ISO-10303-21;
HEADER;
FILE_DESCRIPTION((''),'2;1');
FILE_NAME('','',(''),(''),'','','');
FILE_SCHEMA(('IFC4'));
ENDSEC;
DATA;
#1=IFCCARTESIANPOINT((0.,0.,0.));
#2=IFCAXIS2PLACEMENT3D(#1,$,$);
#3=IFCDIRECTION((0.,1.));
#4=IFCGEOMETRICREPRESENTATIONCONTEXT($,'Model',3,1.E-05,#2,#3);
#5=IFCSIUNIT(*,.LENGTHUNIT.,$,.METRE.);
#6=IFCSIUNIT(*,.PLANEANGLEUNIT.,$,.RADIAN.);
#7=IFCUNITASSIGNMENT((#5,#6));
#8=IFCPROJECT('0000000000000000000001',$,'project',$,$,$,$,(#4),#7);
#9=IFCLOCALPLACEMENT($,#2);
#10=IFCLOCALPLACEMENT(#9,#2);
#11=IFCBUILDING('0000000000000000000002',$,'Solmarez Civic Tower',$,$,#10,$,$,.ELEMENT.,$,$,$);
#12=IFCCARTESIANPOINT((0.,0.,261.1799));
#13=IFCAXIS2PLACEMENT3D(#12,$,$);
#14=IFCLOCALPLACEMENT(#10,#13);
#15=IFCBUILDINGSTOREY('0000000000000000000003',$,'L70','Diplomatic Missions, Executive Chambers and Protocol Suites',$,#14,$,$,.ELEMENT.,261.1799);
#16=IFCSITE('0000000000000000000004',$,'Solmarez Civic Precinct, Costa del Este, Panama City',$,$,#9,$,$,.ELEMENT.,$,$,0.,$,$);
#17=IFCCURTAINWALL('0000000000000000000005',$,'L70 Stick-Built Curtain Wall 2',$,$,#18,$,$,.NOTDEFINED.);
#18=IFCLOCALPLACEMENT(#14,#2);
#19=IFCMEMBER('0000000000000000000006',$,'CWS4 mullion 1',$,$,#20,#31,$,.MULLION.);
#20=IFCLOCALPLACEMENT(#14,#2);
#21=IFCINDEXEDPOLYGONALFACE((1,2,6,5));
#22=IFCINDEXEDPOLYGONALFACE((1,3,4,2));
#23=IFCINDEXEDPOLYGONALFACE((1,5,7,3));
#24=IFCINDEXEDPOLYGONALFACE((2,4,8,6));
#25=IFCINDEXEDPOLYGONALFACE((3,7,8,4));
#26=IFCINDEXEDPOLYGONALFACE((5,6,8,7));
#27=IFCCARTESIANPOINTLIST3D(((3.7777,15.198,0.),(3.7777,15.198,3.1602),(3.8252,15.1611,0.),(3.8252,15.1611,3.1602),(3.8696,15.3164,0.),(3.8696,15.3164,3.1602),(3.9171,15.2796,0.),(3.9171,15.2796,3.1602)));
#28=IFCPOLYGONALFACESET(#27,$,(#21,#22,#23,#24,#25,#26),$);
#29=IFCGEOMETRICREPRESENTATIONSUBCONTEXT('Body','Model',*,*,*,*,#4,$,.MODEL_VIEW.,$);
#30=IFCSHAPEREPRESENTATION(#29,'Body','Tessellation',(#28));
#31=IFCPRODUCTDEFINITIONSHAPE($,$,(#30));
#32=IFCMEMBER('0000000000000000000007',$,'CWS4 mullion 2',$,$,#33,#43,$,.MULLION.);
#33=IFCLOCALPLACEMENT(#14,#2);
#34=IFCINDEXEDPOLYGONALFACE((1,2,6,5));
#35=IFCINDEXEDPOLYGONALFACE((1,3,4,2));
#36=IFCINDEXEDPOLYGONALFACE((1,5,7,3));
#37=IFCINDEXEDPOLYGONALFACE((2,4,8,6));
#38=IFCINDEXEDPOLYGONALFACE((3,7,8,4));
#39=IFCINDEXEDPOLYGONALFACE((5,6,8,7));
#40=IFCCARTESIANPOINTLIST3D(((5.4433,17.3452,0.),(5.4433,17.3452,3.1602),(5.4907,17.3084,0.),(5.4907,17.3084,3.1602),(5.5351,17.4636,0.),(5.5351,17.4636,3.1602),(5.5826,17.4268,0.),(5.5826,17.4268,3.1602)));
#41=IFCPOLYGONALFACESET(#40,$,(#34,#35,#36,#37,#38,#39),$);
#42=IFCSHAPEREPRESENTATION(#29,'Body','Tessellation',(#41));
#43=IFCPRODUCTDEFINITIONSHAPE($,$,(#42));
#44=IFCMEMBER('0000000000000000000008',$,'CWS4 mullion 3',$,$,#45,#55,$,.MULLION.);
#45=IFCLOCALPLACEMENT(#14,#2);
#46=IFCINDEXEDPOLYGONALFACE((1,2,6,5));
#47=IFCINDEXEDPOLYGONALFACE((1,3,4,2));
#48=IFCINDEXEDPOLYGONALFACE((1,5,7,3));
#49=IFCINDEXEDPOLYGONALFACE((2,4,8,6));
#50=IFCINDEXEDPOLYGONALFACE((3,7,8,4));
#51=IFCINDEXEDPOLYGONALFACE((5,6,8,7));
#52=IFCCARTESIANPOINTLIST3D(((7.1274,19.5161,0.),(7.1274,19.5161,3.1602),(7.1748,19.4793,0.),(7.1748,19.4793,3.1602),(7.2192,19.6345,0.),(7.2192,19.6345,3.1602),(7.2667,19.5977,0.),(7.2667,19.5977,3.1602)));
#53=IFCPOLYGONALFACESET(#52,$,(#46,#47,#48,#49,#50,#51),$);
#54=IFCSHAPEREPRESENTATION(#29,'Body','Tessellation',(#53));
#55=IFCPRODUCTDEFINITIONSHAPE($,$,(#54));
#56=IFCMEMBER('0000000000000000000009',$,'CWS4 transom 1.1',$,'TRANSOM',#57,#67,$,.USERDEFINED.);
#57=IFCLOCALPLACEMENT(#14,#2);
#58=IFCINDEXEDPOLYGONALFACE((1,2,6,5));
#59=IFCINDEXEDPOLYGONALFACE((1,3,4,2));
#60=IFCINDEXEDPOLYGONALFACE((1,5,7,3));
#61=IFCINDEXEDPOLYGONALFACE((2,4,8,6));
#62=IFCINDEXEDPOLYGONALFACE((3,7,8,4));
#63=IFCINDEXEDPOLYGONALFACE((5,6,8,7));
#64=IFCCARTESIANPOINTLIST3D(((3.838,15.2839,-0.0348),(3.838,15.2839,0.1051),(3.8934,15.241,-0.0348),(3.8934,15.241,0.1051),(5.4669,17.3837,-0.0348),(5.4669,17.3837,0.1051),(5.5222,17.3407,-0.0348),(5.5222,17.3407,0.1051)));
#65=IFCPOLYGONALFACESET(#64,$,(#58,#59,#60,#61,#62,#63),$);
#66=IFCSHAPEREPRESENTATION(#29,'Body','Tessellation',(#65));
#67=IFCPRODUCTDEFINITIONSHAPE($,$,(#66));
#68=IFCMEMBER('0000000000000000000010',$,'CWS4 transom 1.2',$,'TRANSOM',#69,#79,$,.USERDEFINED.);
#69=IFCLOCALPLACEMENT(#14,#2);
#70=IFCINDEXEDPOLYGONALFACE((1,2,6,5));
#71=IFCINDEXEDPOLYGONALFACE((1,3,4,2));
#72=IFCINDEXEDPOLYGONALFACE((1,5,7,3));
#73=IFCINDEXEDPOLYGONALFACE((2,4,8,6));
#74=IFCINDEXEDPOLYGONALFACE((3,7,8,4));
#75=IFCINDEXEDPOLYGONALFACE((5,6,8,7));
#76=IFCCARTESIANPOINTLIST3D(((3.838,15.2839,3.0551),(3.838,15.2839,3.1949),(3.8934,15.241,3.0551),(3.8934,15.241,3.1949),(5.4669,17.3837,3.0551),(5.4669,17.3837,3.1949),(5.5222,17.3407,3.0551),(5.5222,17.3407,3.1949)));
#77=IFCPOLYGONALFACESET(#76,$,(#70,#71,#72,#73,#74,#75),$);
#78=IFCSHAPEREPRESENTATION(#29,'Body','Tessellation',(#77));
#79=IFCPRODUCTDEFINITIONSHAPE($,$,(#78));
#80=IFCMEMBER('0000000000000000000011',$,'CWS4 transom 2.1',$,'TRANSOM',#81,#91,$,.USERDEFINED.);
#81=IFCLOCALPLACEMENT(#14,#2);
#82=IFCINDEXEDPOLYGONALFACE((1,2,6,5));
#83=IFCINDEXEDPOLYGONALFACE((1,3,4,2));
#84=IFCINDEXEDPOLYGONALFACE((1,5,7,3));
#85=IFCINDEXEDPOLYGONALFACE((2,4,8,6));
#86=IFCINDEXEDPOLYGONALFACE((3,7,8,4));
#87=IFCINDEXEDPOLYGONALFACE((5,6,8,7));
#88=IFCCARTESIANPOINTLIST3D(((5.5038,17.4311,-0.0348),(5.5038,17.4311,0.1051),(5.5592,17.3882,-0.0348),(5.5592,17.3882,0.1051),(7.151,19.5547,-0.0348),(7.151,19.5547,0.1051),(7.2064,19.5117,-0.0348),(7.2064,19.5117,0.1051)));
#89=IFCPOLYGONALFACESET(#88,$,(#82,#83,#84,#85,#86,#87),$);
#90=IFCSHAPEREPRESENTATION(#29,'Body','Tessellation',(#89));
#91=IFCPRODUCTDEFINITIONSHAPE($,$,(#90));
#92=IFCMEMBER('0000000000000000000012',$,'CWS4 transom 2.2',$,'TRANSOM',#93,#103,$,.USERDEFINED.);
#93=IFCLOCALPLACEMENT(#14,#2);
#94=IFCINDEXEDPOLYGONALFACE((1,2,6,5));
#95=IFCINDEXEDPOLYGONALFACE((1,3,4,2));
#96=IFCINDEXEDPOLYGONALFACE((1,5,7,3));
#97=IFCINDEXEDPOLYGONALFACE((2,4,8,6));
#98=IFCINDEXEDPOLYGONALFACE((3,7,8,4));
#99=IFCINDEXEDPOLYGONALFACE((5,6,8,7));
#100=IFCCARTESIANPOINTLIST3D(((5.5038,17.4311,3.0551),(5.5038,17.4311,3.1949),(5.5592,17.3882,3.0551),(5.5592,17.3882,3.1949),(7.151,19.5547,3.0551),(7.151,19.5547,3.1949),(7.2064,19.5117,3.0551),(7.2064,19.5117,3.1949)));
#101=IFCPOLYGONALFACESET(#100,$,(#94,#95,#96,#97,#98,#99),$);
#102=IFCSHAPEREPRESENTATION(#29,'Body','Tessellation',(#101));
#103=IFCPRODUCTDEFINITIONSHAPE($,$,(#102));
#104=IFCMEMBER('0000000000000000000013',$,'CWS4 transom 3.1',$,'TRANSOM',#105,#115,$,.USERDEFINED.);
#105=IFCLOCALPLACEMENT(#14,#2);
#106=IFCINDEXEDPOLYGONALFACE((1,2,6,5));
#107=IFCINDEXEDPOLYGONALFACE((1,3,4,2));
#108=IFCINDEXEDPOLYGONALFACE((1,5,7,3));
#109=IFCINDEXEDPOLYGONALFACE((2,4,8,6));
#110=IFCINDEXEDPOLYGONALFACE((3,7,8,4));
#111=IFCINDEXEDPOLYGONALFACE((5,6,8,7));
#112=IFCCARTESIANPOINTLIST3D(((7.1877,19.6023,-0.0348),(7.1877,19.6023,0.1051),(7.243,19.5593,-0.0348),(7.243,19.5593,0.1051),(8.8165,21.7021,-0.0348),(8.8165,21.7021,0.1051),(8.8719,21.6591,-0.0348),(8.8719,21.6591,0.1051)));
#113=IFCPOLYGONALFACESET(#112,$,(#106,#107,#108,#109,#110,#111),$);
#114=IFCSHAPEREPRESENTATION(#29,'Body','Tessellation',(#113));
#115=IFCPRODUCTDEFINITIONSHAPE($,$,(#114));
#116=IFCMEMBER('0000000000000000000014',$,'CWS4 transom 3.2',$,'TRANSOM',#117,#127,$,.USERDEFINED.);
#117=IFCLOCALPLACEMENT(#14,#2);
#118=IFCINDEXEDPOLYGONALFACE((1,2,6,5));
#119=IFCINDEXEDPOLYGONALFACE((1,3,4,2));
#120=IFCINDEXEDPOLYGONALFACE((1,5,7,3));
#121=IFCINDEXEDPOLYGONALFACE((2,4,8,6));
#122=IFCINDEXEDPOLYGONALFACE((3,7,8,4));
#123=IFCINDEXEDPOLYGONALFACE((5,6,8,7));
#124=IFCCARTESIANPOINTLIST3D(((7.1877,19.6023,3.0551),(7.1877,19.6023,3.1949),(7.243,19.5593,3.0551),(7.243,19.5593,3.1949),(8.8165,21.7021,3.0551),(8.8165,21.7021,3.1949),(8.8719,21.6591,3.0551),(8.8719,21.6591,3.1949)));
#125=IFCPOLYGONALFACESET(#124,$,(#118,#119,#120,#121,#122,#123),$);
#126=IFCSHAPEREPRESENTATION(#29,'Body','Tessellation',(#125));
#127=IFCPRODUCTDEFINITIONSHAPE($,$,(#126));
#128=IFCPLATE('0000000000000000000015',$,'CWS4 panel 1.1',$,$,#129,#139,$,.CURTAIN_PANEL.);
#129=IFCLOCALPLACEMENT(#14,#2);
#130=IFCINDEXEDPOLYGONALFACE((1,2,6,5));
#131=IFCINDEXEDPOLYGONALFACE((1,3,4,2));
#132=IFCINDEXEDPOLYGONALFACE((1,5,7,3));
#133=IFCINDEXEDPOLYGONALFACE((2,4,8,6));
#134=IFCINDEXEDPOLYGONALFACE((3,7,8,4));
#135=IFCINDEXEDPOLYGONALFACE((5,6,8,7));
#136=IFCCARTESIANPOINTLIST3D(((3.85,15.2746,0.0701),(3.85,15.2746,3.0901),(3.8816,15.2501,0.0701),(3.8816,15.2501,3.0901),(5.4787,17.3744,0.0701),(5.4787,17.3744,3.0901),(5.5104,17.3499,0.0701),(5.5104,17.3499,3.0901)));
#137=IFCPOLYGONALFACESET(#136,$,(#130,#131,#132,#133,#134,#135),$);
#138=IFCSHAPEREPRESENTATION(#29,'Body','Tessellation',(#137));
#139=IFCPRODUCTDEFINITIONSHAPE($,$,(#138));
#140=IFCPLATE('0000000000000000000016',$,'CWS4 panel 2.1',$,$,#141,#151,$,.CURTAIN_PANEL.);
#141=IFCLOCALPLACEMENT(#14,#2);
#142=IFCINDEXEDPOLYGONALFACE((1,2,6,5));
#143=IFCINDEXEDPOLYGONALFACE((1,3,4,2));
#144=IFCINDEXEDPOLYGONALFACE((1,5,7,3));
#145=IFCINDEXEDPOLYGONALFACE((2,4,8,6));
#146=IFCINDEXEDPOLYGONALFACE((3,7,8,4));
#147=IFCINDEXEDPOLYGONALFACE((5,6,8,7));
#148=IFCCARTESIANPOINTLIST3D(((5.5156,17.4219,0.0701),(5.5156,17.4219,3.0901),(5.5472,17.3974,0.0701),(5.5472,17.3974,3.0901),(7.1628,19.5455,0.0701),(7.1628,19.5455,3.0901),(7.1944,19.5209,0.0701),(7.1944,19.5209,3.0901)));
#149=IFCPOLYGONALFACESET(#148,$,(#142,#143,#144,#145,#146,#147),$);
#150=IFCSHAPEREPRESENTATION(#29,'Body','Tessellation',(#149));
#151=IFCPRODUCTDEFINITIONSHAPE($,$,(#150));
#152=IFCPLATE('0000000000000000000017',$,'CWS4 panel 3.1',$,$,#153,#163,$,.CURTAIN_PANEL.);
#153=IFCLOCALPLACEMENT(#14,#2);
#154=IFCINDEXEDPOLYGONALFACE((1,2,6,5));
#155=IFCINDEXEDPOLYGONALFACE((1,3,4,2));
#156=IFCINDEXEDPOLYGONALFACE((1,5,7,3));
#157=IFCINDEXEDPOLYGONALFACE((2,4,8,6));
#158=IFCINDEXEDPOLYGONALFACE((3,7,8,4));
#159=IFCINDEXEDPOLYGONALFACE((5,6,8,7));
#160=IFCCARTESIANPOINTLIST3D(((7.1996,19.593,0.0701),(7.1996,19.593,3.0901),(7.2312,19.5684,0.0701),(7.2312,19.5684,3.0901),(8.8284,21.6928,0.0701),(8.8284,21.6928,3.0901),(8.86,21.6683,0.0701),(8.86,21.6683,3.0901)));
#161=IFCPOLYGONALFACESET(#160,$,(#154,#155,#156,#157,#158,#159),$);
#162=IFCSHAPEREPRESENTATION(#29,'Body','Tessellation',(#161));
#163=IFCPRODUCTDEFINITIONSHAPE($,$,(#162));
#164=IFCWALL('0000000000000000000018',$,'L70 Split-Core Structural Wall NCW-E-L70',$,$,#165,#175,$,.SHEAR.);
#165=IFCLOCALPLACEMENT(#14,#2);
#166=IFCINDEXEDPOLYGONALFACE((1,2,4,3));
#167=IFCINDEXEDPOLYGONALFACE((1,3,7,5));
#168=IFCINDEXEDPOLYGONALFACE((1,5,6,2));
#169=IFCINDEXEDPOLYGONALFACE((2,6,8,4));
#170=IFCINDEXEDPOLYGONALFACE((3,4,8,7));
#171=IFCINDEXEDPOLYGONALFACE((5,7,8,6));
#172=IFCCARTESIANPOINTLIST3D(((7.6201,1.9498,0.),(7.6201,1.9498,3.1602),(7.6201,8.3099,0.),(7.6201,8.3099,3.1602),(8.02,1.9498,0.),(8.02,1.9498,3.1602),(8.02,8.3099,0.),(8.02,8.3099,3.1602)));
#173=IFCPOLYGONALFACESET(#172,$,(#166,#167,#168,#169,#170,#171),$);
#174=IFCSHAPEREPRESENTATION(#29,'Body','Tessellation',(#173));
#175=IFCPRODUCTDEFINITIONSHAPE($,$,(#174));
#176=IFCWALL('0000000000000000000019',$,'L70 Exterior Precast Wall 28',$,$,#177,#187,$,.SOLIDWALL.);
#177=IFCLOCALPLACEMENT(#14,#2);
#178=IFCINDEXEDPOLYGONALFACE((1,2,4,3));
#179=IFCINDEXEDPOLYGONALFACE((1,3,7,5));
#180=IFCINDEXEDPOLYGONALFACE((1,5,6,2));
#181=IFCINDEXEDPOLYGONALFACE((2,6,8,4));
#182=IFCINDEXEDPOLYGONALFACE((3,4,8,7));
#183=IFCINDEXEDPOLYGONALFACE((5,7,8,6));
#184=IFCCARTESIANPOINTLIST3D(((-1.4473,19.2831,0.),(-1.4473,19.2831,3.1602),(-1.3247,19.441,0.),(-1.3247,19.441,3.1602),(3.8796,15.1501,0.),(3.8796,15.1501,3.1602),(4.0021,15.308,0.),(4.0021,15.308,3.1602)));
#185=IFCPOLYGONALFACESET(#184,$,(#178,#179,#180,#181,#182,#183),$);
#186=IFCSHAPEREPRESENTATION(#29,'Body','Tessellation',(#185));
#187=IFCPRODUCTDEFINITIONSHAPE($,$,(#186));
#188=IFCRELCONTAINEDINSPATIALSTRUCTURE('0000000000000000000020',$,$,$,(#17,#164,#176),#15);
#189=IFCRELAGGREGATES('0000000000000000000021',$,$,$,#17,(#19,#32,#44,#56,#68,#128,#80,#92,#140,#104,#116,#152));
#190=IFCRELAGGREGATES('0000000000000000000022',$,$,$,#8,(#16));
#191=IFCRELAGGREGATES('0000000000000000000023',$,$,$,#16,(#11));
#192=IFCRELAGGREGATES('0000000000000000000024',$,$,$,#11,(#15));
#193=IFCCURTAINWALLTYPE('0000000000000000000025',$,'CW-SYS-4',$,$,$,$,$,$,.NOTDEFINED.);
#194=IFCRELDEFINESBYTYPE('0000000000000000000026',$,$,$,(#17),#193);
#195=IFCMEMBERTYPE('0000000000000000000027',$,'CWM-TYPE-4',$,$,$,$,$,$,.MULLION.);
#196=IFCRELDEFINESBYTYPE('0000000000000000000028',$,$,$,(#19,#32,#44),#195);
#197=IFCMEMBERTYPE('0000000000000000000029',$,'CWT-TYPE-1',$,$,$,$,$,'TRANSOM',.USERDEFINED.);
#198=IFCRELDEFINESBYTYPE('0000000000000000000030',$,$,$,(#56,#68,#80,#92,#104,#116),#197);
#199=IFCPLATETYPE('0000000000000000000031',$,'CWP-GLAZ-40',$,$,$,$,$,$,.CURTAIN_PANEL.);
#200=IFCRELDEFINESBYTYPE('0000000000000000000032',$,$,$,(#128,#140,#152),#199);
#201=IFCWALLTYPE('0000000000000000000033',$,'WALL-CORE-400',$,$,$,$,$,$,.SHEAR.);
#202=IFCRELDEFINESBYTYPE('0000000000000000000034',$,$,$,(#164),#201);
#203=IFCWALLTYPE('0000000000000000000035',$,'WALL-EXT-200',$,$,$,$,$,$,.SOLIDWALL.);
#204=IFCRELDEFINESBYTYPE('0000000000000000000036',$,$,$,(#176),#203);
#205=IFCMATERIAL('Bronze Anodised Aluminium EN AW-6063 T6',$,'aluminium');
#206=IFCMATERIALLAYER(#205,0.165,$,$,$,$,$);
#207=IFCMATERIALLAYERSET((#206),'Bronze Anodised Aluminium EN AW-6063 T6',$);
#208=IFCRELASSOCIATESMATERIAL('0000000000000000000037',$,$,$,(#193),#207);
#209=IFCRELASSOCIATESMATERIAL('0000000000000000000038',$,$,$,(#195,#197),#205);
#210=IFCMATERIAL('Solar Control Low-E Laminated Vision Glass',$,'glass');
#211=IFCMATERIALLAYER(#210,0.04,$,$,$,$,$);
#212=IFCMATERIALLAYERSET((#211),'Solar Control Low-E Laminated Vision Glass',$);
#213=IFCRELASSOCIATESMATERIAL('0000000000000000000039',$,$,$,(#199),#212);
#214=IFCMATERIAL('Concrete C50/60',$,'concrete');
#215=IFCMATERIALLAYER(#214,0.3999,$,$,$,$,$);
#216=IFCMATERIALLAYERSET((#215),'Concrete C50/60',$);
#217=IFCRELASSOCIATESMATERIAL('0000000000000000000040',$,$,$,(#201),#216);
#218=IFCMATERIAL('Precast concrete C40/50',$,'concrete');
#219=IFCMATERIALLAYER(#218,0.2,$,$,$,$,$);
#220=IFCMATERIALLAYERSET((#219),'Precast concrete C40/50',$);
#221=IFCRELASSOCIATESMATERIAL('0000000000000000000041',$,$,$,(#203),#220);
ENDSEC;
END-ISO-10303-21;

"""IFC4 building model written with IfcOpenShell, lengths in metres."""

from ifc_helpers import new_model, si_unit, direction, frame, frame_2d, origin, origin_2d, place, context, subcontext, project, spatial, rectangle, extrude, material, layer, layer_set, material_profile, profile_set, type_object, element, aggregate, save


model = new_model("IFC4")

# Units and contexts
model_context = context("Model", 3, precision=1e-05, world=origin(), true_north=direction((0.0, 1.0)))
body_context = subcontext(model_context, "Body", "Model", "MODEL_VIEW")
ifc_project = project(units=[si_unit("LENGTHUNIT", "METRE"), si_unit("PLANEANGLEUNIT", "RADIAN")], contexts=[model_context])

# Site, building, storey
site_placement = place(None, origin())
site = spatial("IfcSite", under=ifc_project, at=site_placement, Name="Solmarez Civic Precinct, Costa del Este, Panama City", CompositionType="ELEMENT", RefElevation=0.0)
building_placement = place(site_placement, origin())
building = spatial("IfcBuilding", under=site, at=building_placement, Name="Solmarez Civic Tower", CompositionType="ELEMENT")
storey_placement = place(building_placement, frame((0.0, 0.0, 261.1799)))
storey = spatial("IfcBuildingStorey", under=building, at=storey_placement, Name="L70", Description="Diplomatic Missions, Executive Chambers and Protocol Suites", CompositionType="ELEMENT", Elevation=261.1799)

# Curtain wall, members, plates
ifc_material_1 = material(Name="Bronze Anodised Aluminium EN AW-6063 T6", Category="aluminium")
ifc_layer_1 = layer(ifc_material_1, 0.165)
ifc_layer_set_1 = layer_set([ifc_layer_1], Name="Bronze Anodised Aluminium EN AW-6063 T6")
curtain_wall_type = type_object("IfcCurtainWallType", Name="CW-SYS-4", PredefinedType="NOTDEFINED", material=ifc_layer_set_1)
curtain_wall_placement = place(storey_placement, origin())
curtain_wall = element("IfcCurtainWall", 1, at=curtain_wall_placement, inside=storey, type_object=curtain_wall_type, Name="L70 Stick-Built Curtain Wall 2", PredefinedType="NOTDEFINED")
ifc_material_profile_1 = material_profile(ifc_material_1, rectangle(XDim=0.0601, YDim=0.1499, at=origin_2d()), Name="CWM-60X150")
ifc_profile_set_1 = profile_set([ifc_material_profile_1], Name="Bronze Anodised Aluminium EN AW-6063 T6")
member_type_1 = type_object("IfcMemberType", Name="CWM-TYPE-4", PredefinedType="MULLION", material=ifc_profile_set_1)
member_1_placement = place(storey_placement, frame((3.8474, 15.2388, 0.0), z_axis=(0.0, 0.0, 1.0), x_axis=(-0.790155, 0.612907, 0.0)))
member_1 = element("IfcMember", 2, at=member_1_placement, type_object=member_type_1, Name="CWS4 mullion 1", PredefinedType="MULLION", context=body_context, shape_type="SweptSolid", body=[
    extrude(rectangle(XDim=0.0601, YDim=0.1499, at=origin_2d()), origin(), (0.0, 0.0, 1.0), 3.1602),
])
member_2_placement = place(storey_placement, frame((5.5129, 17.386, 0.0), z_axis=(0.0, 0.0, 1.0), x_axis=(-0.790155, 0.612907, 0.0)))
member_2 = element("IfcMember", 3, at=member_2_placement, type_object=member_type_1, Name="CWS4 mullion 2", PredefinedType="MULLION", context=body_context, shape_type="SweptSolid", body=[
    extrude(rectangle(XDim=0.0601, YDim=0.1499, at=origin_2d()), origin(), (0.0, 0.0, 1.0), 3.1602),
])
member_3_placement = place(storey_placement, frame((7.197, 19.5569, 0.0), z_axis=(0.0, 0.0, 1.0), x_axis=(-0.790155, 0.612907, 0.0)))
member_3 = element("IfcMember", 4, at=member_3_placement, type_object=member_type_1, Name="CWS4 mullion 3", PredefinedType="MULLION", context=body_context, shape_type="SweptSolid", body=[
    extrude(rectangle(XDim=0.0601, YDim=0.1499, at=origin_2d()), origin(), (0.0, 0.0, 1.0), 3.1602),
])
ifc_material_profile_2 = material_profile(ifc_material_1, rectangle(XDim=0.0701, YDim=0.1399, at=origin_2d()), Name="CWT-70X140")
ifc_profile_set_2 = profile_set([ifc_material_profile_2], Name="Bronze Anodised Aluminium EN AW-6063 T6")
member_type_2 = type_object("IfcMemberType", Name="CWT-TYPE-1", ElementType="TRANSOM", PredefinedType="USERDEFINED", material=ifc_profile_set_2)
member_4_placement = place(storey_placement, frame((3.8657, 15.2625, 0.0352), z_axis=(0.612929, 0.790138, 0.0), x_axis=(-0.790138, 0.612929, 0.0)))
member_4 = element("IfcMember", 5, at=member_4_placement, type_object=member_type_2, Name="CWS4 transom 1.1", ObjectType="TRANSOM", PredefinedType="USERDEFINED", context=body_context, shape_type="SweptSolid", body=[
    extrude(rectangle(XDim=0.0701, YDim=0.1399, at=origin_2d()), origin(), (0.0, 0.0, 1.0), 2.6575),
])
member_5_placement = place(storey_placement, frame((3.8657, 15.2625, 3.125), z_axis=(0.612929, 0.790138, 0.0), x_axis=(-0.790138, 0.612929, 0.0)))
member_5 = element("IfcMember", 6, at=member_5_placement, type_object=member_type_2, Name="CWS4 transom 1.2", ObjectType="TRANSOM", PredefinedType="USERDEFINED", context=body_context, shape_type="SweptSolid", body=[
    extrude(rectangle(XDim=0.0701, YDim=0.1399, at=origin_2d()), origin(), (0.0, 0.0, 1.0), 2.6575),
])
member_6_placement = place(storey_placement, frame((5.5315, 17.4097, 0.0352), z_axis=(0.612915, 0.790149, 0.0), x_axis=(-0.790149, 0.612915, 0.0)))
member_6 = element("IfcMember", 7, at=member_6_placement, type_object=member_type_2, Name="CWS4 transom 2.1", ObjectType="TRANSOM", PredefinedType="USERDEFINED", context=body_context, shape_type="SweptSolid", body=[
    extrude(rectangle(XDim=0.0701, YDim=0.1399, at=origin_2d()), origin(), (0.0, 0.0, 1.0), 2.6875),
])
member_7_placement = place(storey_placement, frame((5.5315, 17.4097, 3.125), z_axis=(0.612915, 0.790149, 0.0), x_axis=(-0.790149, 0.612915, 0.0)))
member_7 = element("IfcMember", 8, at=member_7_placement, type_object=member_type_2, Name="CWS4 transom 2.2", ObjectType="TRANSOM", PredefinedType="USERDEFINED", context=body_context, shape_type="SweptSolid", body=[
    extrude(rectangle(XDim=0.0701, YDim=0.1399, at=origin_2d()), origin(), (0.0, 0.0, 1.0), 2.6875),
])
member_8_placement = place(storey_placement, frame((7.2153, 19.5808, 0.0352), z_axis=(0.612929, 0.790138, 0.0), x_axis=(-0.790138, 0.612929, 0.0)))
member_8 = element("IfcMember", 9, at=member_8_placement, type_object=member_type_2, Name="CWS4 transom 3.1", ObjectType="TRANSOM", PredefinedType="USERDEFINED", context=body_context, shape_type="SweptSolid", body=[
    extrude(rectangle(XDim=0.0701, YDim=0.1399, at=origin_2d()), origin(), (0.0, 0.0, 1.0), 2.6575),
])
member_9_placement = place(storey_placement, frame((7.2153, 19.5808, 3.125), z_axis=(0.612929, 0.790138, 0.0), x_axis=(-0.790138, 0.612929, 0.0)))
member_9 = element("IfcMember", 10, at=member_9_placement, type_object=member_type_2, Name="CWS4 transom 3.2", ObjectType="TRANSOM", PredefinedType="USERDEFINED", context=body_context, shape_type="SweptSolid", body=[
    extrude(rectangle(XDim=0.0701, YDim=0.1399, at=origin_2d()), origin(), (0.0, 0.0, 1.0), 2.6575),
])
ifc_material_2 = material(Name="Solar Control Low-E Laminated Vision Glass", Category="glass")
ifc_layer_2 = layer(ifc_material_2, 0.04)
ifc_layer_set_2 = layer_set([ifc_layer_2], Name="Solar Control Low-E Laminated Vision Glass")
plate_type = type_object("IfcPlateType", Name="CWP-GLAZ-40", PredefinedType="CURTAIN_PANEL", material=ifc_layer_set_2)
plate_1_placement = place(storey_placement, frame((4.6802, 16.3123, 0.0701), z_axis=(0.0, 0.0, 1.0), x_axis=(0.612907, 0.790155, 0.0)))
plate_1 = element("IfcPlate", 11, at=plate_1_placement, type_object=plate_type, Name="CWS4 panel 1.1", PredefinedType="CURTAIN_PANEL", context=body_context, shape_type="SweptSolid", body=[
    extrude(rectangle(XDim=2.6575, YDim=0.04, at=origin_2d()), origin(), (0.0, 0.0, 1.0), 3.02),
])
plate_2_placement = place(storey_placement, frame((6.355, 18.4714, 0.0701), z_axis=(0.0, 0.0, 1.0), x_axis=(0.612907, 0.790155, 0.0)))
plate_2 = element("IfcPlate", 12, at=plate_2_placement, type_object=plate_type, Name="CWS4 panel 2.1", PredefinedType="CURTAIN_PANEL", context=body_context, shape_type="SweptSolid", body=[
    extrude(rectangle(XDim=2.6875, YDim=0.04, at=origin_2d()), origin(), (0.0, 0.0, 1.0), 3.02),
])
plate_3_placement = place(storey_placement, frame((8.0298, 20.6306, 0.0701), z_axis=(0.0, 0.0, 1.0), x_axis=(0.612907, 0.790155, 0.0)))
plate_3 = element("IfcPlate", 13, at=plate_3_placement, type_object=plate_type, Name="CWS4 panel 3.1", PredefinedType="CURTAIN_PANEL", context=body_context, shape_type="SweptSolid", body=[
    extrude(rectangle(XDim=2.6575, YDim=0.04, at=origin_2d()), origin(), (0.0, 0.0, 1.0), 3.02),
])
aggregate(curtain_wall, [member_1, member_2, member_3, member_4, member_5, plate_1, member_6, member_7, plate_2, member_8, member_9, plate_3])

# Walls
ifc_material_3 = material(Name="Concrete C50/60", Category="concrete")
ifc_layer_3 = layer(ifc_material_3, 0.3999)
ifc_layer_set_3 = layer_set([ifc_layer_3], Name="Concrete C50/60")
wall_type_1 = type_object("IfcWallType", Name="WALL-CORE-400", PredefinedType="SHEAR", material=ifc_layer_set_3)
wall_1_placement = place(storey_placement, frame((7.8201, 8.3101, 0.0), z_axis=(0.0, 0.0, 1.0), x_axis=(0.0, -1.0, 0.0)))
element("IfcWall", 14, at=wall_1_placement, inside=storey, type_object=wall_type_1, Name="L70 Split-Core Structural Wall NCW-E-L70", PredefinedType="SHEAR", context=body_context, shape_type="SweptSolid", body=[
    extrude(rectangle(XDim=6.3601, YDim=0.3999, at=frame_2d((3.1802, 0.0))), origin(), (0.0, 0.0, 1.0), 3.1602),
])
ifc_material_4 = material(Name="Precast concrete C40/50", Category="concrete")
ifc_layer_4 = layer(ifc_material_4, 0.2)
ifc_layer_set_4 = layer_set([ifc_layer_4], Name="Precast concrete C40/50")
wall_type_2 = type_object("IfcWallType", Name="WALL-EXT-200", PredefinedType="SOLIDWALL", material=ifc_layer_set_4)
wall_2_placement = place(storey_placement, frame((-1.386, 19.3621, 0.0), z_axis=(0.0, 0.0, 1.0), x_axis=(0.790077, -0.613008, 0.0)))
element("IfcWall", 15, at=wall_2_placement, inside=storey, type_object=wall_type_2, Name="L70 Exterior Precast Wall 28", PredefinedType="SOLIDWALL", context=body_context, shape_type="SweptSolid", body=[
    extrude(rectangle(XDim=6.7422, YDim=0.2, at=frame_2d((3.3711, 0.0))), origin(), (0.0, 0.0, 1.0), 3.1602),
])

save(model, "model.ifc")
